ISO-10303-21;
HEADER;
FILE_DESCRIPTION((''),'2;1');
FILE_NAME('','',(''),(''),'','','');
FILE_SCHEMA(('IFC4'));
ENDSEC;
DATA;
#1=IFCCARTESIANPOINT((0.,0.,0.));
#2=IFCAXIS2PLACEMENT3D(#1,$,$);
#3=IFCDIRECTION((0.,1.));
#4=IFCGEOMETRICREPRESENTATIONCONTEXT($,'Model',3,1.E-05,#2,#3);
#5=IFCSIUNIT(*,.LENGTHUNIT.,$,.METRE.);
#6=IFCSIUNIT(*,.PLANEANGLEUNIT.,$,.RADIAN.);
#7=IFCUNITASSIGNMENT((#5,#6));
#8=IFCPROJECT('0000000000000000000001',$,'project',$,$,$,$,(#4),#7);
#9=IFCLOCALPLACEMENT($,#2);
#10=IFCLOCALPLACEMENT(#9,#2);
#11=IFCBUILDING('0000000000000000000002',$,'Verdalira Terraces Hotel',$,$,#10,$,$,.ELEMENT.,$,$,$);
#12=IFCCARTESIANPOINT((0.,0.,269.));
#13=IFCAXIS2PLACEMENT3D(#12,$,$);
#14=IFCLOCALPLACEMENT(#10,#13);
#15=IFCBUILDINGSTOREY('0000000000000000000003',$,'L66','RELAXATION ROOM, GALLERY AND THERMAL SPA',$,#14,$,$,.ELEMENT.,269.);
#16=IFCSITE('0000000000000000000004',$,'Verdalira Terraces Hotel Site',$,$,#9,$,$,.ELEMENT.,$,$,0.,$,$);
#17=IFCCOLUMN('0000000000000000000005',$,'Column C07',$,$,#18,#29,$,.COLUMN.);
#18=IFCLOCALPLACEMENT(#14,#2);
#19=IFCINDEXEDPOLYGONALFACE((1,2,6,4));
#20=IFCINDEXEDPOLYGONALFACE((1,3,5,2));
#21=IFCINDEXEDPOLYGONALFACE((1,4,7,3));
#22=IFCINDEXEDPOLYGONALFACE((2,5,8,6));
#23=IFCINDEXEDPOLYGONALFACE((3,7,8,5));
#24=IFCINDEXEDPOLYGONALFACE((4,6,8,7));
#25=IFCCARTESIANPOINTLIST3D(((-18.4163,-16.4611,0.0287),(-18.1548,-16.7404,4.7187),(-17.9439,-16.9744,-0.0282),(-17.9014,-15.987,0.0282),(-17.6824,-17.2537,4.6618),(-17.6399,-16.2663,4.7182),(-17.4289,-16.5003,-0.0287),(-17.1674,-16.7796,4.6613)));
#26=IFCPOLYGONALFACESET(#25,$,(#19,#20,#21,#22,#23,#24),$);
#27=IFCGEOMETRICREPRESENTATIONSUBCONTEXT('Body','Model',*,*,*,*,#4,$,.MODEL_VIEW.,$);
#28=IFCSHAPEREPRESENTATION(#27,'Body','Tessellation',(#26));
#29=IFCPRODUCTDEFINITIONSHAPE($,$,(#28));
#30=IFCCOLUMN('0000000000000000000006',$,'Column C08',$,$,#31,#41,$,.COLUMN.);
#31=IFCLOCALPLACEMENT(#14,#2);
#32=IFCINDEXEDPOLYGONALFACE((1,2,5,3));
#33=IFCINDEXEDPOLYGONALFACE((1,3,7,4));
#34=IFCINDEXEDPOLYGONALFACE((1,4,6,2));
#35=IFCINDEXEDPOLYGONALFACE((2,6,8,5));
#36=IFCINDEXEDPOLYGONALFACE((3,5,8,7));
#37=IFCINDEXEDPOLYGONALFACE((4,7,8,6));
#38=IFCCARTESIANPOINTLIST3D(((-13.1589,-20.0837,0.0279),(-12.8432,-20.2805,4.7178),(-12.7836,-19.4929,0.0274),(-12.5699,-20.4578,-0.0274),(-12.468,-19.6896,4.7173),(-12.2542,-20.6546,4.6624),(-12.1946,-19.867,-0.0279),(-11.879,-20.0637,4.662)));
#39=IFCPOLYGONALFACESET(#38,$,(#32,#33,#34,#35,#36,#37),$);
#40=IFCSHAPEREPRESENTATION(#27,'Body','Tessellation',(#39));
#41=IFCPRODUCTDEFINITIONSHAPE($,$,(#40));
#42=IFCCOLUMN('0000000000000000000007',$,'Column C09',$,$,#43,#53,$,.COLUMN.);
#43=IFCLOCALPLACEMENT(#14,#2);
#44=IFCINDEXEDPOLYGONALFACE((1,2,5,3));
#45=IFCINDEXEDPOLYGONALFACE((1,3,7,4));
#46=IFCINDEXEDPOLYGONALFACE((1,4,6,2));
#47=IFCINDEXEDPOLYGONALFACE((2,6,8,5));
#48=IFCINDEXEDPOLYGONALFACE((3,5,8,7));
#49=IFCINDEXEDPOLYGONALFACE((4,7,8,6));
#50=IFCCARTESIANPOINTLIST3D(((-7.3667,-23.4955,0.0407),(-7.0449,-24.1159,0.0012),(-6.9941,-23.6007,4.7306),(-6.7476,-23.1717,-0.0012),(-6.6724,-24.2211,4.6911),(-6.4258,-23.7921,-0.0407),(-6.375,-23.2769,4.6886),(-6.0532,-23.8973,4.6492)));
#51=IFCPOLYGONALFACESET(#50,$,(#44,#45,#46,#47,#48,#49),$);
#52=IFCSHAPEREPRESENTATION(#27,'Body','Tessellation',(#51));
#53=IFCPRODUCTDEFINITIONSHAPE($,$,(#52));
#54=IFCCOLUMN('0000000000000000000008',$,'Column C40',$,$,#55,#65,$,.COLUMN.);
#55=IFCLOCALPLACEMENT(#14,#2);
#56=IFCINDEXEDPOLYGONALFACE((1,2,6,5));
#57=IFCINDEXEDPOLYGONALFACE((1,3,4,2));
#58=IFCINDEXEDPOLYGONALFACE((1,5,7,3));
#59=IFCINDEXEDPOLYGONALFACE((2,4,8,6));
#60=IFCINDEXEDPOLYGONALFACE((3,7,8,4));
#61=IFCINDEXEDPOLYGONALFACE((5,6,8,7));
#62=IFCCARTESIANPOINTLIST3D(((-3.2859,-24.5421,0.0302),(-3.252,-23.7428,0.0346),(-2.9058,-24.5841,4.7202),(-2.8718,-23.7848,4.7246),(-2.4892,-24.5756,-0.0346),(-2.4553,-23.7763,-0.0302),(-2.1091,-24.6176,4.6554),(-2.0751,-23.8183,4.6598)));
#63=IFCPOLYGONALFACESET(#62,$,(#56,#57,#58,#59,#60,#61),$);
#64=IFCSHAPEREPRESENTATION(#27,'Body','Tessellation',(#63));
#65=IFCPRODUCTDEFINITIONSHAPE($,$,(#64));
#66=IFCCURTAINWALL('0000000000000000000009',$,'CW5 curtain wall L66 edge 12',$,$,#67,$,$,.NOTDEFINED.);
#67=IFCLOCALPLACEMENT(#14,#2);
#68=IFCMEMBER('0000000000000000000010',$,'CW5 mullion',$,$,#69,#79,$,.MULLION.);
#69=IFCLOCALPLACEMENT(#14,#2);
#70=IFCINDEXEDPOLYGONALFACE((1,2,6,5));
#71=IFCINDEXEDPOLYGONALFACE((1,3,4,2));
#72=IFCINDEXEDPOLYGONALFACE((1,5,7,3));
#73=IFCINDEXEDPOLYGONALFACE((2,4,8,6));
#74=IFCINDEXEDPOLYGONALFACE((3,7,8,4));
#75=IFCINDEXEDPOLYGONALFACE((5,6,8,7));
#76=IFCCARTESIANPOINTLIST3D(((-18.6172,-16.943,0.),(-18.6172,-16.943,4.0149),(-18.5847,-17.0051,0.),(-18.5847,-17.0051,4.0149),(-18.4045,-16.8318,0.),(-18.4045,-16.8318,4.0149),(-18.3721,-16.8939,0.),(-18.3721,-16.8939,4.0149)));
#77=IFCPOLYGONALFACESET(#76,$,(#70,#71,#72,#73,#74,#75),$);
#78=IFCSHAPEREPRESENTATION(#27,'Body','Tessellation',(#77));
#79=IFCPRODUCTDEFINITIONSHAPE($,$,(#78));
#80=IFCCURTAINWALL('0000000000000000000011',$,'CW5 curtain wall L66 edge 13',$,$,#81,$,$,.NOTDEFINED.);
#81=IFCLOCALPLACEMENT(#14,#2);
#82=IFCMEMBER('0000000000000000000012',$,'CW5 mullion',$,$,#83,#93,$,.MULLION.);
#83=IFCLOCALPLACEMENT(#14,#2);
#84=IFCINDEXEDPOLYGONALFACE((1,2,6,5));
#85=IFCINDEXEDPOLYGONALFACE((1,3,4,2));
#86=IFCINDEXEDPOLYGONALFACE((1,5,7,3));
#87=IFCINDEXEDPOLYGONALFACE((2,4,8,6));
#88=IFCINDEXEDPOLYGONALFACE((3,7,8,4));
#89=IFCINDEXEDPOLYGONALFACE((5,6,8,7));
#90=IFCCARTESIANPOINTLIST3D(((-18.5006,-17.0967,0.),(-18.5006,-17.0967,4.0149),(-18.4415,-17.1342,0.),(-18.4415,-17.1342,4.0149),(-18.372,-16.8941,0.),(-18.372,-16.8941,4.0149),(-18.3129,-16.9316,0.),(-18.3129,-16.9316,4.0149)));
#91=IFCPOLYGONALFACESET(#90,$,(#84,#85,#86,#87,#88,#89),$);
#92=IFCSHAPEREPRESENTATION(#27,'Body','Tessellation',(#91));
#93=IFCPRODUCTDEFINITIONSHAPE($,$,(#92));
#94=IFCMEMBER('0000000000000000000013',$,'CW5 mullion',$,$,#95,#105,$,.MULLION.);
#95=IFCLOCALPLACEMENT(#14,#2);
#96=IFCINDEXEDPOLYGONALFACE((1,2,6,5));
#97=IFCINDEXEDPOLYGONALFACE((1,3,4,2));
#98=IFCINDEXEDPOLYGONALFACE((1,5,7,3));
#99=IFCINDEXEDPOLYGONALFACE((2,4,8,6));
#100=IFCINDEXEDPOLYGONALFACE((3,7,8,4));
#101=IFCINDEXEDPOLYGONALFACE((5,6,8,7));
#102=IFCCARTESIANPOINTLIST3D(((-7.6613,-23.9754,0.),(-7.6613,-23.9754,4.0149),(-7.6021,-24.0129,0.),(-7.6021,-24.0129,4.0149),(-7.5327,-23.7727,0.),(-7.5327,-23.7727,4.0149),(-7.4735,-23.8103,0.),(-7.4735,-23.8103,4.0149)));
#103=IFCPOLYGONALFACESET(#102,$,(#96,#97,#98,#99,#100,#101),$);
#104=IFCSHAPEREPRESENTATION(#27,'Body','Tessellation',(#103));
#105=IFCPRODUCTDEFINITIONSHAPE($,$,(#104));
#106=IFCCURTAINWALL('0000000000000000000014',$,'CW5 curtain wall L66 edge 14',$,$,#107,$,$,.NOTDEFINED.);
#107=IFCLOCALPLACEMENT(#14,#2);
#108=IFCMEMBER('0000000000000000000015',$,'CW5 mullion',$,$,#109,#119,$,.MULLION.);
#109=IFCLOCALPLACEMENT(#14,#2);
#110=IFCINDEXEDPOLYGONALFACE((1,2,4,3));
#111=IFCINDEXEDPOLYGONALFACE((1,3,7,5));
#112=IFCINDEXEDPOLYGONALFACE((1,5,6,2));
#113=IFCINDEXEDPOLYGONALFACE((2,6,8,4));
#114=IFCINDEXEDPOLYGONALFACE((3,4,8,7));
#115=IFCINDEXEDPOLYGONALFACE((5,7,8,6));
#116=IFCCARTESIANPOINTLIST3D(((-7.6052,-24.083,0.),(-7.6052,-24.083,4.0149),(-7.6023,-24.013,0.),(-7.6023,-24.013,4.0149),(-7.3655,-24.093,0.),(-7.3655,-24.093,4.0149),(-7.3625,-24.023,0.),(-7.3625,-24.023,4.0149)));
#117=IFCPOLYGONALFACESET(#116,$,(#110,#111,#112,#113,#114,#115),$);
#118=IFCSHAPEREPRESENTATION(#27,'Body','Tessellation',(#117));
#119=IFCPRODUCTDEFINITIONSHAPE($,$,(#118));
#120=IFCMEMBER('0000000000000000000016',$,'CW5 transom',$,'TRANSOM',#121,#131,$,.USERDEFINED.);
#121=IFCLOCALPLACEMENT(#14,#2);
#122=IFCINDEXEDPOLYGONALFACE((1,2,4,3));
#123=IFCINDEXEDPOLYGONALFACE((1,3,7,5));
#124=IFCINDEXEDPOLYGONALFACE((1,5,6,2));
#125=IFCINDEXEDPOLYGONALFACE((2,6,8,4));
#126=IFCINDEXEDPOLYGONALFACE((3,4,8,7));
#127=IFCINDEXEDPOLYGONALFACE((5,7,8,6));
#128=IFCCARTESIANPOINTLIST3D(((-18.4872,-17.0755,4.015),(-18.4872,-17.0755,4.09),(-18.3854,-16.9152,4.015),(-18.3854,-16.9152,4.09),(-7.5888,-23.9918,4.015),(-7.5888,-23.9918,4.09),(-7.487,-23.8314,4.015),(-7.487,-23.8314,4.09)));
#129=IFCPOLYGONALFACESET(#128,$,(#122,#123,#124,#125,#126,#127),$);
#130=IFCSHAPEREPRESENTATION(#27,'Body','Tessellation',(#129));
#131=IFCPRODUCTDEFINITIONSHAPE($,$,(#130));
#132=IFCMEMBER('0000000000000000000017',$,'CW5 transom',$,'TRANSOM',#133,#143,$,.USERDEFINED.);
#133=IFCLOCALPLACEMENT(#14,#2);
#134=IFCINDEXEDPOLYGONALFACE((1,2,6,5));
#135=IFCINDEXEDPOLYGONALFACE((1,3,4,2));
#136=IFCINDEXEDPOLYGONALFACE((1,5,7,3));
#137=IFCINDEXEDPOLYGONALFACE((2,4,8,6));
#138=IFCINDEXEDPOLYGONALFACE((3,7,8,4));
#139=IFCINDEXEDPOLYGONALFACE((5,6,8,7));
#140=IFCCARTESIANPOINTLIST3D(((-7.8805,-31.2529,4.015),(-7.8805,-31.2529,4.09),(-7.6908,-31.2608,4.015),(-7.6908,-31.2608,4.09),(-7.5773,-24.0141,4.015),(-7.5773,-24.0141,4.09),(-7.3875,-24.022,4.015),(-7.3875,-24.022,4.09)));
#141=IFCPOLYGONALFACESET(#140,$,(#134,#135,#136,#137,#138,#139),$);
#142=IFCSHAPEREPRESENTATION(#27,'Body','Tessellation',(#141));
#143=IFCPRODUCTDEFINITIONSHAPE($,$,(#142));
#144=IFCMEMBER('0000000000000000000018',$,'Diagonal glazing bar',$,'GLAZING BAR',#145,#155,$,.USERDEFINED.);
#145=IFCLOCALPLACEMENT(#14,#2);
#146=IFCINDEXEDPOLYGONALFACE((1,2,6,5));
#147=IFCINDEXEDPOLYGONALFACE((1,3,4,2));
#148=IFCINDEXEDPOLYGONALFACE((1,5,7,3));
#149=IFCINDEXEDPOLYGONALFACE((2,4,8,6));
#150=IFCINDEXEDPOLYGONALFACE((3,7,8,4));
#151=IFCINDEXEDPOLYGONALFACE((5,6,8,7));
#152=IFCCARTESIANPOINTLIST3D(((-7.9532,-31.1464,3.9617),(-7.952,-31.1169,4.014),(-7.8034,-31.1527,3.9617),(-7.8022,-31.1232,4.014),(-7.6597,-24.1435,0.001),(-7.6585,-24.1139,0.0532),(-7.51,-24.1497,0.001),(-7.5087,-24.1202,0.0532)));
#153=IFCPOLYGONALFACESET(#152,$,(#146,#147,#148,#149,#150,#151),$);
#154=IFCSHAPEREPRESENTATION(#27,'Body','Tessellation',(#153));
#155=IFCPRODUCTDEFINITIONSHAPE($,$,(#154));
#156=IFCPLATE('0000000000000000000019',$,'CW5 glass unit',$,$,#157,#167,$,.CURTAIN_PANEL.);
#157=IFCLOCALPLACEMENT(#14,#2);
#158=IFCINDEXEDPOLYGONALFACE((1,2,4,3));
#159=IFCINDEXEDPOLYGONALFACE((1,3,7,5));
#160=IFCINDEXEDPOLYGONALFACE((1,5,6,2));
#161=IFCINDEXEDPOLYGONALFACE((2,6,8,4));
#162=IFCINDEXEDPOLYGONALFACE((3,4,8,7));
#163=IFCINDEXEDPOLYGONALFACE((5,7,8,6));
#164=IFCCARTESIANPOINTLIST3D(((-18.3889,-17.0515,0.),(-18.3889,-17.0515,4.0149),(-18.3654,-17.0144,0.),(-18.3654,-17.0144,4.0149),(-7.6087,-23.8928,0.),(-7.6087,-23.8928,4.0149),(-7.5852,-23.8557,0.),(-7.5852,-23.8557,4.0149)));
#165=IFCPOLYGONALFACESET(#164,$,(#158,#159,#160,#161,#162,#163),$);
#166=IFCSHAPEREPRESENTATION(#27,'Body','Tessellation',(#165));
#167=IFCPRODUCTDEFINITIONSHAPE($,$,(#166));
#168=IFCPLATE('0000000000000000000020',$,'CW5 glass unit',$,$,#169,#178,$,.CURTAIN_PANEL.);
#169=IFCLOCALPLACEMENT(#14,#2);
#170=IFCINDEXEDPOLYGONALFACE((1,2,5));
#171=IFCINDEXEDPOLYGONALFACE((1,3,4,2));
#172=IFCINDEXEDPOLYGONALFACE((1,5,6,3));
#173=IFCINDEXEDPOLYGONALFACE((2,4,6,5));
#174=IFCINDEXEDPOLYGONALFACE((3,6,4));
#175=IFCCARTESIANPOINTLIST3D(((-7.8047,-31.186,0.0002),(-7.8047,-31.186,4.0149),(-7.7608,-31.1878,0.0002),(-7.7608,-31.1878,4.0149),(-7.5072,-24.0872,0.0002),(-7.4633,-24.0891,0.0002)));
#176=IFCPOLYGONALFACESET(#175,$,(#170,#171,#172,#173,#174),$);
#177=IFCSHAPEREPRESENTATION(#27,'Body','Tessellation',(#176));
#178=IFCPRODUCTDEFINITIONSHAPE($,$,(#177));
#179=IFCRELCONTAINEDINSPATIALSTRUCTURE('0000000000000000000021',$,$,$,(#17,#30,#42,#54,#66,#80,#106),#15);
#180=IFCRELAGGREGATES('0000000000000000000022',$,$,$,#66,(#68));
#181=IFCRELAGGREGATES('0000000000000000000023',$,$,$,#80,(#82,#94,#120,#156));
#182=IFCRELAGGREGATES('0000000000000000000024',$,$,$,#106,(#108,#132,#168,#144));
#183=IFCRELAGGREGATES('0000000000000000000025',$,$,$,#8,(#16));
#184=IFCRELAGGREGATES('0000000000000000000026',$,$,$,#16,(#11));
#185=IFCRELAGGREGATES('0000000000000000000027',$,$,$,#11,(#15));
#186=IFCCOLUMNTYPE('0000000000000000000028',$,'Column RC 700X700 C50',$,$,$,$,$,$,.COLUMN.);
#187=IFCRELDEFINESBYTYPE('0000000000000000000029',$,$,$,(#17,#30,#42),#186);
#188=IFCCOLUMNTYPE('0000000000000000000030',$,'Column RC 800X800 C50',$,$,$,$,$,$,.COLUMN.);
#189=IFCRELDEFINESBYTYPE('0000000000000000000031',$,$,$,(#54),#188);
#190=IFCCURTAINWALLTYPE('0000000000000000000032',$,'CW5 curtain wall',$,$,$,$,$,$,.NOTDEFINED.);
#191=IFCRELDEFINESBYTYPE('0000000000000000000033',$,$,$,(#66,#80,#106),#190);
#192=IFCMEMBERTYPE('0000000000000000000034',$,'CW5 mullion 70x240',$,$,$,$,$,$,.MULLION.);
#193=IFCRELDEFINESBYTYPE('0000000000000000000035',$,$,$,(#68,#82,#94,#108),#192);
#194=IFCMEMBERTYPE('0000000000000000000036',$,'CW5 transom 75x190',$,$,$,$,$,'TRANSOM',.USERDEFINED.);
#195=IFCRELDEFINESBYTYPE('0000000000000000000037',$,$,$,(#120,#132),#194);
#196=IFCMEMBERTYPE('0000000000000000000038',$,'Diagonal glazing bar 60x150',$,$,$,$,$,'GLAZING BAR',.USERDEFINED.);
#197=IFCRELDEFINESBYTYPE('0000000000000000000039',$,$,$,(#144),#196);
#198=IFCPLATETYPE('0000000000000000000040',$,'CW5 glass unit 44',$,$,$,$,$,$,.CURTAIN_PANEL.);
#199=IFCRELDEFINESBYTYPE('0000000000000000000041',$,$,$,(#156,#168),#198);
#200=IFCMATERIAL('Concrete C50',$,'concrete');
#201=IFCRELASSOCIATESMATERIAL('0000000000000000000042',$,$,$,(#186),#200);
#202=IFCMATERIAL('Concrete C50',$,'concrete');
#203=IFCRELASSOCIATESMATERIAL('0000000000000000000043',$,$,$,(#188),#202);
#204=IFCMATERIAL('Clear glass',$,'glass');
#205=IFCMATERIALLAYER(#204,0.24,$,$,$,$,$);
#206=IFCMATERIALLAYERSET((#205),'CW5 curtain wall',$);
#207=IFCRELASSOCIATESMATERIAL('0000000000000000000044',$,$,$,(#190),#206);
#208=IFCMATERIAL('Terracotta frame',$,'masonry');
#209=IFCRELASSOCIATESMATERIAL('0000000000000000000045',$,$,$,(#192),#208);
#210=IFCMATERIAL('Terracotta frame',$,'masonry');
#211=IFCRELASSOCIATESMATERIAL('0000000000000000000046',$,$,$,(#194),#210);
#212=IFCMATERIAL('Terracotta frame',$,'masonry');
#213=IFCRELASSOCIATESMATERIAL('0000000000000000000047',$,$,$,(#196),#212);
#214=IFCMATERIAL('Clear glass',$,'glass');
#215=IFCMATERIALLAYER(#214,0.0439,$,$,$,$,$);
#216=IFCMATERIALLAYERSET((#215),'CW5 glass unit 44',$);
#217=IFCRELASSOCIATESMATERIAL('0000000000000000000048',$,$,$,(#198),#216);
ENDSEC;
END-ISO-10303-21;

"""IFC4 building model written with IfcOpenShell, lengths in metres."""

from ifc_helpers import new_model, si_unit, direction, frame, origin, origin_2d, place, context, subcontext, project, spatial, polyline, rectangle, outline, extrude, material, layer, layer_set, material_profile, profile_set, type_object, element, aggregate, save


model = new_model("IFC4")

# Units and contexts
model_context = context("Model", 3, precision=1e-05, world=origin(), true_north=direction((0.0, 1.0)))
body_context = subcontext(model_context, "Body", "Model", "MODEL_VIEW")
ifc_project = project(units=[si_unit("LENGTHUNIT", "METRE"), si_unit("PLANEANGLEUNIT", "RADIAN")], contexts=[model_context])

# Site, building, storey
site_placement = place(None, origin())
site = spatial("IfcSite", under=ifc_project, at=site_placement, Name="Verdalira Terraces Hotel Site", CompositionType="ELEMENT", RefElevation=0.0)
building_placement = place(site_placement, origin())
building = spatial("IfcBuilding", under=site, at=building_placement, Name="Verdalira Terraces Hotel", CompositionType="ELEMENT")
storey_placement = place(building_placement, frame((0.0, 0.0, 269.0)))
storey = spatial("IfcBuildingStorey", under=building, at=storey_placement, Name="L66", Description="RELAXATION ROOM, GALLERY AND THERMAL SPA", CompositionType="ELEMENT", Elevation=269.0)

# Columns
ifc_material_1 = material(Name="Concrete C50", Category="concrete")
ifc_material_profile_1 = material_profile(ifc_material_1, rectangle(XDim=0.7, YDim=0.7, at=origin_2d()), Name="RC 700X700")
ifc_profile_set_1 = profile_set([ifc_material_profile_1], Name="Concrete C50")
column_type_1 = type_object("IfcColumnType", Name="Column RC 700X700 C50", PredefinedType="COLUMN", material=ifc_profile_set_1)
column_1_placement = place(storey_placement, frame((-17.9226, -16.4807, 0.0), z_axis=(0.055568, -0.059355, 0.996689), x_axis=(-0.675009, 0.733316, 0.081304)))
element("IfcColumn", 1, at=column_1_placement, inside=storey, type_object=column_type_1, Name="Column C07", PredefinedType="COLUMN", context=body_context, shape_type="SweptSolid", body=[
    extrude(rectangle(XDim=0.7, YDim=0.7, at=origin_2d()), origin(), (0.0, 0.0, 1.0), 4.7056),
])
column_2_placement = place(storey_placement, frame((-12.6768, -19.9753, 0.0), z_axis=(0.067098, -0.041826, 0.996869), x_axis=(0.841492, -0.534452, -0.079064)))
element("IfcColumn", 2, at=column_2_placement, inside=storey, type_object=column_type_1, Name="Column C08", PredefinedType="COLUMN", context=body_context, shape_type="SweptSolid", body=[
    extrude(rectangle(XDim=0.7, YDim=0.7, at=origin_2d()), origin(), (0.0, 0.0, 1.0), 4.7046),
])
column_3_placement = place(storey_placement, frame((-6.8962, -23.6438, 0.0), z_axis=(0.079169, -0.02236, 0.99661), x_axis=(-0.45969, 0.886286, 0.056402)))
element("IfcColumn", 3, at=column_3_placement, inside=storey, type_object=column_type_1, Name="Column C09", PredefinedType="COLUMN", context=body_context, shape_type="SweptSolid", body=[
    extrude(rectangle(XDim=0.7, YDim=0.7, at=origin_2d()), origin(), (0.0, 0.0, 1.0), 4.7058),
])
ifc_material_2 = material(Name="Concrete C50", Category="concrete")
ifc_material_profile_2 = material_profile(ifc_material_2, rectangle(XDim=0.8, YDim=0.8, at=origin_2d()), Name="RC 800X800")
ifc_profile_set_2 = profile_set([ifc_material_profile_2], Name="Concrete C50")
column_type_2 = type_object("IfcColumnType", Name="Column RC 800X800 C50", PredefinedType="COLUMN", material=ifc_profile_set_2)
column_4_placement = place(storey_placement, frame((-2.8706, -24.1592, 0.0), z_axis=(0.080783, -0.008924, 0.996692), x_axis=(-0.042457, -0.999083, -0.005504)))
element("IfcColumn", 4, at=column_4_placement, inside=storey, type_object=column_type_2, Name="Column C40", PredefinedType="COLUMN", context=body_context, shape_type="SweptSolid", body=[
    extrude(rectangle(XDim=0.8, YDim=0.8, at=origin_2d()), origin(), (0.0, 0.0, 1.0), 4.7056),
])

# Curtain wall, member
ifc_material_3 = material(Name="Clear glass", Category="glass")
ifc_layer_1 = layer(ifc_material_3, 0.24)
ifc_layer_set_1 = layer_set([ifc_layer_1], Name="CW5 curtain wall")
curtain_wall_type = type_object("IfcCurtainWallType", Name="CW5 curtain wall", PredefinedType="NOTDEFINED", material=ifc_layer_set_1)
curtain_wall_1_placement = place(storey_placement, origin())
curtain_wall_1 = element("IfcCurtainWall", 5, at=curtain_wall_1_placement, inside=storey, type_object=curtain_wall_type, Name="CW5 curtain wall L66 edge 12", PredefinedType="NOTDEFINED")
ifc_material_4 = material(Name="Terracotta frame", Category="masonry")
ifc_material_profile_3 = material_profile(ifc_material_4, rectangle(XDim=0.0701, YDim=0.24, at=origin_2d()), Name="MU 70x240")
ifc_profile_set_3 = profile_set([ifc_material_profile_3], Name="Terracotta frame")
member_type_1 = type_object("IfcMemberType", Name="CW5 mullion 70x240", PredefinedType="MULLION", material=ifc_profile_set_3)
member_1_placement = place(storey_placement, frame((-18.4946, -16.9185, 0.0), z_axis=(0.0, 0.0, 1.0), x_axis=(0.463296, -0.886204, 0.0)))
member_1 = element("IfcMember", 6, at=member_1_placement, type_object=member_type_1, Name="CW5 mullion", PredefinedType="MULLION", context=body_context, shape_type="SweptSolid", body=[
    extrude(rectangle(XDim=0.0701, YDim=0.24, at=origin_2d()), origin(), (0.0, 0.0, 1.0), 4.0149),
])
aggregate(curtain_wall_1, [member_1])

# Curtain wall, members
curtain_wall_2_placement = place(storey_placement, origin())
curtain_wall_2 = element("IfcCurtainWall", 7, at=curtain_wall_2_placement, inside=storey, type_object=curtain_wall_type, Name="CW5 curtain wall L66 edge 13", PredefinedType="NOTDEFINED")
member_2_placement = place(storey_placement, frame((-18.4067, -17.0142, 0.0), z_axis=(0.0, 0.0, 1.0), x_axis=(0.844328, -0.535827, 0.0)))
member_2 = element("IfcMember", 8, at=member_2_placement, type_object=member_type_1, Name="CW5 mullion", PredefinedType="MULLION", context=body_context, shape_type="SweptSolid", body=[
    extrude(rectangle(XDim=0.0701, YDim=0.24, at=origin_2d()), origin(), (0.0, 0.0, 1.0), 4.0149),
])
member_3_placement = place(storey_placement, frame((-7.5674, -23.8928, 0.0), z_axis=(0.0, 0.0, 1.0), x_axis=(0.844328, -0.535827, 0.0)))
member_3 = element("IfcMember", 9, at=member_3_placement, type_object=member_type_1, Name="CW5 mullion", PredefinedType="MULLION", context=body_context, shape_type="SweptSolid", body=[
    extrude(rectangle(XDim=0.0701, YDim=0.24, at=origin_2d()), origin(), (0.0, 0.0, 1.0), 4.0149),
])

# Curtain wall, member
curtain_wall_3_placement = place(storey_placement, origin())
curtain_wall_3 = element("IfcCurtainWall", 10, at=curtain_wall_3_placement, inside=storey, type_object=curtain_wall_type, Name="CW5 curtain wall L66 edge 14", PredefinedType="NOTDEFINED")
member_4_placement = place(storey_placement, frame((-7.4839, -24.053, 0.0), z_axis=(0.0, 0.0, 1.0), x_axis=(-0.041876, -0.999123, 0.0)))
member_4 = element("IfcMember", 11, at=member_4_placement, type_object=member_type_1, Name="CW5 mullion", PredefinedType="MULLION", context=body_context, shape_type="SweptSolid", body=[
    extrude(rectangle(XDim=0.0701, YDim=0.24, at=origin_2d()), origin(), (0.0, 0.0, 1.0), 4.0149),
])

# Members
ifc_material_5 = material(Name="Terracotta frame", Category="masonry")
ifc_material_profile_4 = material_profile(ifc_material_5, rectangle(XDim=0.1899, YDim=0.075, at=origin_2d()), Name="TR 75x190")
ifc_profile_set_4 = profile_set([ifc_material_profile_4], Name="Terracotta frame")
member_type_2 = type_object("IfcMemberType", Name="CW5 transom 75x190", ElementType="TRANSOM", PredefinedType="USERDEFINED", material=ifc_profile_set_4)
member_5_placement = place(storey_placement, frame((-18.4363, -16.9954, 4.0525), z_axis=(0.844331, -0.535821, 0.0), x_axis=(0.535821, 0.844331, 0.0)))
member_5 = element("IfcMember", 12, at=member_5_placement, type_object=member_type_2, Name="CW5 transom", ObjectType="TRANSOM", PredefinedType="USERDEFINED", context=body_context, shape_type="SweptSolid", body=[
    extrude(rectangle(XDim=0.1899, YDim=0.075, at=origin_2d()), origin(), (0.0, 0.0, 1.0), 12.9077),
])
member_6_placement = place(storey_placement, frame((-7.4824, -24.0181, 4.0525), z_axis=(-0.041852, -0.999124, 0.0), x_axis=(0.999124, -0.041852, 0.0)))
member_6 = element("IfcMember", 13, at=member_6_placement, type_object=member_type_2, Name="CW5 transom", ObjectType="TRANSOM", PredefinedType="USERDEFINED", context=body_context, shape_type="SweptSolid", body=[
    extrude(rectangle(XDim=0.1899, YDim=0.075, at=origin_2d()), origin(), (0.0, 0.0, 1.0), 7.2451),
])
ifc_material_6 = material(Name="Terracotta frame", Category="masonry")
ifc_material_profile_5 = material_profile(ifc_material_6, rectangle(XDim=0.1499, YDim=0.0601, at=origin_2d()), Name="GB 60x150")
ifc_profile_set_5 = profile_set([ifc_material_profile_5], Name="Terracotta frame")
member_type_3 = type_object("IfcMemberType", Name="Diagonal glazing bar 60x150", ElementType="GLAZING BAR", PredefinedType="USERDEFINED", material=ifc_profile_set_5)
member_7_placement = place(storey_placement, frame((-7.5842, -24.1318, 0.0271), z_axis=(-0.036451, -0.86985, 0.491967), x_axis=(0.999123, -0.041868, 0.0)))
member_7 = element("IfcMember", 14, at=member_7_placement, type_object=member_type_3, Name="Diagonal glazing bar", ObjectType="GLAZING BAR", PredefinedType="USERDEFINED", context=body_context, shape_type="SweptSolid", body=[
    extrude(rectangle(XDim=0.1499, YDim=0.0601, at=origin_2d()), origin(), (0.0, 0.0, 1.0), 8.0508),
])

# Plates
ifc_material_7 = material(Name="Clear glass", Category="glass")
ifc_layer_2 = layer(ifc_material_7, 0.0439)
ifc_layer_set_2 = layer_set([ifc_layer_2], Name="CW5 glass unit 44")
plate_type = type_object("IfcPlateType", Name="CW5 glass unit 44", PredefinedType="CURTAIN_PANEL", material=ifc_layer_set_2)
plate_1_placement = place(storey_placement, frame((-12.9871, -20.4536, 0.0), z_axis=(0.0, 0.0, 1.0), x_axis=(0.844328, -0.535827, 0.0)))
plate_1 = element("IfcPlate", 15, at=plate_1_placement, type_object=plate_type, Name="CW5 glass unit", PredefinedType="CURTAIN_PANEL", context=body_context, shape_type="SweptSolid", body=[
    extrude(rectangle(XDim=12.7678, YDim=0.0439, at=origin_2d()), origin(), (0.0, 0.0, 1.0), 4.0149),
])
aggregate(curtain_wall_2, [member_2, member_3, member_5, plate_1])
plate_2_placement = place(storey_placement, frame((-7.6121, -27.6384, 2.0076), z_axis=(-0.999123, 0.041876, 0.0), x_axis=(-0.041876, -0.999123, 0.0)))
plate_2 = element("IfcPlate", 16, at=plate_2_placement, type_object=plate_type, Name="CW5 glass unit", PredefinedType="CURTAIN_PANEL", context=body_context, shape_type="SweptSolid", body=[
    extrude(outline(polyline([(-3.5525, -2.0073), (3.5525, -2.0073), (3.5525, 2.0073), (-3.5525, -2.0073)])), origin(), (0.0, 0.0, 1.0), 0.0439),
])
aggregate(curtain_wall_3, [member_4, member_6, plate_2, member_7])

save(model, "model.ifc")
